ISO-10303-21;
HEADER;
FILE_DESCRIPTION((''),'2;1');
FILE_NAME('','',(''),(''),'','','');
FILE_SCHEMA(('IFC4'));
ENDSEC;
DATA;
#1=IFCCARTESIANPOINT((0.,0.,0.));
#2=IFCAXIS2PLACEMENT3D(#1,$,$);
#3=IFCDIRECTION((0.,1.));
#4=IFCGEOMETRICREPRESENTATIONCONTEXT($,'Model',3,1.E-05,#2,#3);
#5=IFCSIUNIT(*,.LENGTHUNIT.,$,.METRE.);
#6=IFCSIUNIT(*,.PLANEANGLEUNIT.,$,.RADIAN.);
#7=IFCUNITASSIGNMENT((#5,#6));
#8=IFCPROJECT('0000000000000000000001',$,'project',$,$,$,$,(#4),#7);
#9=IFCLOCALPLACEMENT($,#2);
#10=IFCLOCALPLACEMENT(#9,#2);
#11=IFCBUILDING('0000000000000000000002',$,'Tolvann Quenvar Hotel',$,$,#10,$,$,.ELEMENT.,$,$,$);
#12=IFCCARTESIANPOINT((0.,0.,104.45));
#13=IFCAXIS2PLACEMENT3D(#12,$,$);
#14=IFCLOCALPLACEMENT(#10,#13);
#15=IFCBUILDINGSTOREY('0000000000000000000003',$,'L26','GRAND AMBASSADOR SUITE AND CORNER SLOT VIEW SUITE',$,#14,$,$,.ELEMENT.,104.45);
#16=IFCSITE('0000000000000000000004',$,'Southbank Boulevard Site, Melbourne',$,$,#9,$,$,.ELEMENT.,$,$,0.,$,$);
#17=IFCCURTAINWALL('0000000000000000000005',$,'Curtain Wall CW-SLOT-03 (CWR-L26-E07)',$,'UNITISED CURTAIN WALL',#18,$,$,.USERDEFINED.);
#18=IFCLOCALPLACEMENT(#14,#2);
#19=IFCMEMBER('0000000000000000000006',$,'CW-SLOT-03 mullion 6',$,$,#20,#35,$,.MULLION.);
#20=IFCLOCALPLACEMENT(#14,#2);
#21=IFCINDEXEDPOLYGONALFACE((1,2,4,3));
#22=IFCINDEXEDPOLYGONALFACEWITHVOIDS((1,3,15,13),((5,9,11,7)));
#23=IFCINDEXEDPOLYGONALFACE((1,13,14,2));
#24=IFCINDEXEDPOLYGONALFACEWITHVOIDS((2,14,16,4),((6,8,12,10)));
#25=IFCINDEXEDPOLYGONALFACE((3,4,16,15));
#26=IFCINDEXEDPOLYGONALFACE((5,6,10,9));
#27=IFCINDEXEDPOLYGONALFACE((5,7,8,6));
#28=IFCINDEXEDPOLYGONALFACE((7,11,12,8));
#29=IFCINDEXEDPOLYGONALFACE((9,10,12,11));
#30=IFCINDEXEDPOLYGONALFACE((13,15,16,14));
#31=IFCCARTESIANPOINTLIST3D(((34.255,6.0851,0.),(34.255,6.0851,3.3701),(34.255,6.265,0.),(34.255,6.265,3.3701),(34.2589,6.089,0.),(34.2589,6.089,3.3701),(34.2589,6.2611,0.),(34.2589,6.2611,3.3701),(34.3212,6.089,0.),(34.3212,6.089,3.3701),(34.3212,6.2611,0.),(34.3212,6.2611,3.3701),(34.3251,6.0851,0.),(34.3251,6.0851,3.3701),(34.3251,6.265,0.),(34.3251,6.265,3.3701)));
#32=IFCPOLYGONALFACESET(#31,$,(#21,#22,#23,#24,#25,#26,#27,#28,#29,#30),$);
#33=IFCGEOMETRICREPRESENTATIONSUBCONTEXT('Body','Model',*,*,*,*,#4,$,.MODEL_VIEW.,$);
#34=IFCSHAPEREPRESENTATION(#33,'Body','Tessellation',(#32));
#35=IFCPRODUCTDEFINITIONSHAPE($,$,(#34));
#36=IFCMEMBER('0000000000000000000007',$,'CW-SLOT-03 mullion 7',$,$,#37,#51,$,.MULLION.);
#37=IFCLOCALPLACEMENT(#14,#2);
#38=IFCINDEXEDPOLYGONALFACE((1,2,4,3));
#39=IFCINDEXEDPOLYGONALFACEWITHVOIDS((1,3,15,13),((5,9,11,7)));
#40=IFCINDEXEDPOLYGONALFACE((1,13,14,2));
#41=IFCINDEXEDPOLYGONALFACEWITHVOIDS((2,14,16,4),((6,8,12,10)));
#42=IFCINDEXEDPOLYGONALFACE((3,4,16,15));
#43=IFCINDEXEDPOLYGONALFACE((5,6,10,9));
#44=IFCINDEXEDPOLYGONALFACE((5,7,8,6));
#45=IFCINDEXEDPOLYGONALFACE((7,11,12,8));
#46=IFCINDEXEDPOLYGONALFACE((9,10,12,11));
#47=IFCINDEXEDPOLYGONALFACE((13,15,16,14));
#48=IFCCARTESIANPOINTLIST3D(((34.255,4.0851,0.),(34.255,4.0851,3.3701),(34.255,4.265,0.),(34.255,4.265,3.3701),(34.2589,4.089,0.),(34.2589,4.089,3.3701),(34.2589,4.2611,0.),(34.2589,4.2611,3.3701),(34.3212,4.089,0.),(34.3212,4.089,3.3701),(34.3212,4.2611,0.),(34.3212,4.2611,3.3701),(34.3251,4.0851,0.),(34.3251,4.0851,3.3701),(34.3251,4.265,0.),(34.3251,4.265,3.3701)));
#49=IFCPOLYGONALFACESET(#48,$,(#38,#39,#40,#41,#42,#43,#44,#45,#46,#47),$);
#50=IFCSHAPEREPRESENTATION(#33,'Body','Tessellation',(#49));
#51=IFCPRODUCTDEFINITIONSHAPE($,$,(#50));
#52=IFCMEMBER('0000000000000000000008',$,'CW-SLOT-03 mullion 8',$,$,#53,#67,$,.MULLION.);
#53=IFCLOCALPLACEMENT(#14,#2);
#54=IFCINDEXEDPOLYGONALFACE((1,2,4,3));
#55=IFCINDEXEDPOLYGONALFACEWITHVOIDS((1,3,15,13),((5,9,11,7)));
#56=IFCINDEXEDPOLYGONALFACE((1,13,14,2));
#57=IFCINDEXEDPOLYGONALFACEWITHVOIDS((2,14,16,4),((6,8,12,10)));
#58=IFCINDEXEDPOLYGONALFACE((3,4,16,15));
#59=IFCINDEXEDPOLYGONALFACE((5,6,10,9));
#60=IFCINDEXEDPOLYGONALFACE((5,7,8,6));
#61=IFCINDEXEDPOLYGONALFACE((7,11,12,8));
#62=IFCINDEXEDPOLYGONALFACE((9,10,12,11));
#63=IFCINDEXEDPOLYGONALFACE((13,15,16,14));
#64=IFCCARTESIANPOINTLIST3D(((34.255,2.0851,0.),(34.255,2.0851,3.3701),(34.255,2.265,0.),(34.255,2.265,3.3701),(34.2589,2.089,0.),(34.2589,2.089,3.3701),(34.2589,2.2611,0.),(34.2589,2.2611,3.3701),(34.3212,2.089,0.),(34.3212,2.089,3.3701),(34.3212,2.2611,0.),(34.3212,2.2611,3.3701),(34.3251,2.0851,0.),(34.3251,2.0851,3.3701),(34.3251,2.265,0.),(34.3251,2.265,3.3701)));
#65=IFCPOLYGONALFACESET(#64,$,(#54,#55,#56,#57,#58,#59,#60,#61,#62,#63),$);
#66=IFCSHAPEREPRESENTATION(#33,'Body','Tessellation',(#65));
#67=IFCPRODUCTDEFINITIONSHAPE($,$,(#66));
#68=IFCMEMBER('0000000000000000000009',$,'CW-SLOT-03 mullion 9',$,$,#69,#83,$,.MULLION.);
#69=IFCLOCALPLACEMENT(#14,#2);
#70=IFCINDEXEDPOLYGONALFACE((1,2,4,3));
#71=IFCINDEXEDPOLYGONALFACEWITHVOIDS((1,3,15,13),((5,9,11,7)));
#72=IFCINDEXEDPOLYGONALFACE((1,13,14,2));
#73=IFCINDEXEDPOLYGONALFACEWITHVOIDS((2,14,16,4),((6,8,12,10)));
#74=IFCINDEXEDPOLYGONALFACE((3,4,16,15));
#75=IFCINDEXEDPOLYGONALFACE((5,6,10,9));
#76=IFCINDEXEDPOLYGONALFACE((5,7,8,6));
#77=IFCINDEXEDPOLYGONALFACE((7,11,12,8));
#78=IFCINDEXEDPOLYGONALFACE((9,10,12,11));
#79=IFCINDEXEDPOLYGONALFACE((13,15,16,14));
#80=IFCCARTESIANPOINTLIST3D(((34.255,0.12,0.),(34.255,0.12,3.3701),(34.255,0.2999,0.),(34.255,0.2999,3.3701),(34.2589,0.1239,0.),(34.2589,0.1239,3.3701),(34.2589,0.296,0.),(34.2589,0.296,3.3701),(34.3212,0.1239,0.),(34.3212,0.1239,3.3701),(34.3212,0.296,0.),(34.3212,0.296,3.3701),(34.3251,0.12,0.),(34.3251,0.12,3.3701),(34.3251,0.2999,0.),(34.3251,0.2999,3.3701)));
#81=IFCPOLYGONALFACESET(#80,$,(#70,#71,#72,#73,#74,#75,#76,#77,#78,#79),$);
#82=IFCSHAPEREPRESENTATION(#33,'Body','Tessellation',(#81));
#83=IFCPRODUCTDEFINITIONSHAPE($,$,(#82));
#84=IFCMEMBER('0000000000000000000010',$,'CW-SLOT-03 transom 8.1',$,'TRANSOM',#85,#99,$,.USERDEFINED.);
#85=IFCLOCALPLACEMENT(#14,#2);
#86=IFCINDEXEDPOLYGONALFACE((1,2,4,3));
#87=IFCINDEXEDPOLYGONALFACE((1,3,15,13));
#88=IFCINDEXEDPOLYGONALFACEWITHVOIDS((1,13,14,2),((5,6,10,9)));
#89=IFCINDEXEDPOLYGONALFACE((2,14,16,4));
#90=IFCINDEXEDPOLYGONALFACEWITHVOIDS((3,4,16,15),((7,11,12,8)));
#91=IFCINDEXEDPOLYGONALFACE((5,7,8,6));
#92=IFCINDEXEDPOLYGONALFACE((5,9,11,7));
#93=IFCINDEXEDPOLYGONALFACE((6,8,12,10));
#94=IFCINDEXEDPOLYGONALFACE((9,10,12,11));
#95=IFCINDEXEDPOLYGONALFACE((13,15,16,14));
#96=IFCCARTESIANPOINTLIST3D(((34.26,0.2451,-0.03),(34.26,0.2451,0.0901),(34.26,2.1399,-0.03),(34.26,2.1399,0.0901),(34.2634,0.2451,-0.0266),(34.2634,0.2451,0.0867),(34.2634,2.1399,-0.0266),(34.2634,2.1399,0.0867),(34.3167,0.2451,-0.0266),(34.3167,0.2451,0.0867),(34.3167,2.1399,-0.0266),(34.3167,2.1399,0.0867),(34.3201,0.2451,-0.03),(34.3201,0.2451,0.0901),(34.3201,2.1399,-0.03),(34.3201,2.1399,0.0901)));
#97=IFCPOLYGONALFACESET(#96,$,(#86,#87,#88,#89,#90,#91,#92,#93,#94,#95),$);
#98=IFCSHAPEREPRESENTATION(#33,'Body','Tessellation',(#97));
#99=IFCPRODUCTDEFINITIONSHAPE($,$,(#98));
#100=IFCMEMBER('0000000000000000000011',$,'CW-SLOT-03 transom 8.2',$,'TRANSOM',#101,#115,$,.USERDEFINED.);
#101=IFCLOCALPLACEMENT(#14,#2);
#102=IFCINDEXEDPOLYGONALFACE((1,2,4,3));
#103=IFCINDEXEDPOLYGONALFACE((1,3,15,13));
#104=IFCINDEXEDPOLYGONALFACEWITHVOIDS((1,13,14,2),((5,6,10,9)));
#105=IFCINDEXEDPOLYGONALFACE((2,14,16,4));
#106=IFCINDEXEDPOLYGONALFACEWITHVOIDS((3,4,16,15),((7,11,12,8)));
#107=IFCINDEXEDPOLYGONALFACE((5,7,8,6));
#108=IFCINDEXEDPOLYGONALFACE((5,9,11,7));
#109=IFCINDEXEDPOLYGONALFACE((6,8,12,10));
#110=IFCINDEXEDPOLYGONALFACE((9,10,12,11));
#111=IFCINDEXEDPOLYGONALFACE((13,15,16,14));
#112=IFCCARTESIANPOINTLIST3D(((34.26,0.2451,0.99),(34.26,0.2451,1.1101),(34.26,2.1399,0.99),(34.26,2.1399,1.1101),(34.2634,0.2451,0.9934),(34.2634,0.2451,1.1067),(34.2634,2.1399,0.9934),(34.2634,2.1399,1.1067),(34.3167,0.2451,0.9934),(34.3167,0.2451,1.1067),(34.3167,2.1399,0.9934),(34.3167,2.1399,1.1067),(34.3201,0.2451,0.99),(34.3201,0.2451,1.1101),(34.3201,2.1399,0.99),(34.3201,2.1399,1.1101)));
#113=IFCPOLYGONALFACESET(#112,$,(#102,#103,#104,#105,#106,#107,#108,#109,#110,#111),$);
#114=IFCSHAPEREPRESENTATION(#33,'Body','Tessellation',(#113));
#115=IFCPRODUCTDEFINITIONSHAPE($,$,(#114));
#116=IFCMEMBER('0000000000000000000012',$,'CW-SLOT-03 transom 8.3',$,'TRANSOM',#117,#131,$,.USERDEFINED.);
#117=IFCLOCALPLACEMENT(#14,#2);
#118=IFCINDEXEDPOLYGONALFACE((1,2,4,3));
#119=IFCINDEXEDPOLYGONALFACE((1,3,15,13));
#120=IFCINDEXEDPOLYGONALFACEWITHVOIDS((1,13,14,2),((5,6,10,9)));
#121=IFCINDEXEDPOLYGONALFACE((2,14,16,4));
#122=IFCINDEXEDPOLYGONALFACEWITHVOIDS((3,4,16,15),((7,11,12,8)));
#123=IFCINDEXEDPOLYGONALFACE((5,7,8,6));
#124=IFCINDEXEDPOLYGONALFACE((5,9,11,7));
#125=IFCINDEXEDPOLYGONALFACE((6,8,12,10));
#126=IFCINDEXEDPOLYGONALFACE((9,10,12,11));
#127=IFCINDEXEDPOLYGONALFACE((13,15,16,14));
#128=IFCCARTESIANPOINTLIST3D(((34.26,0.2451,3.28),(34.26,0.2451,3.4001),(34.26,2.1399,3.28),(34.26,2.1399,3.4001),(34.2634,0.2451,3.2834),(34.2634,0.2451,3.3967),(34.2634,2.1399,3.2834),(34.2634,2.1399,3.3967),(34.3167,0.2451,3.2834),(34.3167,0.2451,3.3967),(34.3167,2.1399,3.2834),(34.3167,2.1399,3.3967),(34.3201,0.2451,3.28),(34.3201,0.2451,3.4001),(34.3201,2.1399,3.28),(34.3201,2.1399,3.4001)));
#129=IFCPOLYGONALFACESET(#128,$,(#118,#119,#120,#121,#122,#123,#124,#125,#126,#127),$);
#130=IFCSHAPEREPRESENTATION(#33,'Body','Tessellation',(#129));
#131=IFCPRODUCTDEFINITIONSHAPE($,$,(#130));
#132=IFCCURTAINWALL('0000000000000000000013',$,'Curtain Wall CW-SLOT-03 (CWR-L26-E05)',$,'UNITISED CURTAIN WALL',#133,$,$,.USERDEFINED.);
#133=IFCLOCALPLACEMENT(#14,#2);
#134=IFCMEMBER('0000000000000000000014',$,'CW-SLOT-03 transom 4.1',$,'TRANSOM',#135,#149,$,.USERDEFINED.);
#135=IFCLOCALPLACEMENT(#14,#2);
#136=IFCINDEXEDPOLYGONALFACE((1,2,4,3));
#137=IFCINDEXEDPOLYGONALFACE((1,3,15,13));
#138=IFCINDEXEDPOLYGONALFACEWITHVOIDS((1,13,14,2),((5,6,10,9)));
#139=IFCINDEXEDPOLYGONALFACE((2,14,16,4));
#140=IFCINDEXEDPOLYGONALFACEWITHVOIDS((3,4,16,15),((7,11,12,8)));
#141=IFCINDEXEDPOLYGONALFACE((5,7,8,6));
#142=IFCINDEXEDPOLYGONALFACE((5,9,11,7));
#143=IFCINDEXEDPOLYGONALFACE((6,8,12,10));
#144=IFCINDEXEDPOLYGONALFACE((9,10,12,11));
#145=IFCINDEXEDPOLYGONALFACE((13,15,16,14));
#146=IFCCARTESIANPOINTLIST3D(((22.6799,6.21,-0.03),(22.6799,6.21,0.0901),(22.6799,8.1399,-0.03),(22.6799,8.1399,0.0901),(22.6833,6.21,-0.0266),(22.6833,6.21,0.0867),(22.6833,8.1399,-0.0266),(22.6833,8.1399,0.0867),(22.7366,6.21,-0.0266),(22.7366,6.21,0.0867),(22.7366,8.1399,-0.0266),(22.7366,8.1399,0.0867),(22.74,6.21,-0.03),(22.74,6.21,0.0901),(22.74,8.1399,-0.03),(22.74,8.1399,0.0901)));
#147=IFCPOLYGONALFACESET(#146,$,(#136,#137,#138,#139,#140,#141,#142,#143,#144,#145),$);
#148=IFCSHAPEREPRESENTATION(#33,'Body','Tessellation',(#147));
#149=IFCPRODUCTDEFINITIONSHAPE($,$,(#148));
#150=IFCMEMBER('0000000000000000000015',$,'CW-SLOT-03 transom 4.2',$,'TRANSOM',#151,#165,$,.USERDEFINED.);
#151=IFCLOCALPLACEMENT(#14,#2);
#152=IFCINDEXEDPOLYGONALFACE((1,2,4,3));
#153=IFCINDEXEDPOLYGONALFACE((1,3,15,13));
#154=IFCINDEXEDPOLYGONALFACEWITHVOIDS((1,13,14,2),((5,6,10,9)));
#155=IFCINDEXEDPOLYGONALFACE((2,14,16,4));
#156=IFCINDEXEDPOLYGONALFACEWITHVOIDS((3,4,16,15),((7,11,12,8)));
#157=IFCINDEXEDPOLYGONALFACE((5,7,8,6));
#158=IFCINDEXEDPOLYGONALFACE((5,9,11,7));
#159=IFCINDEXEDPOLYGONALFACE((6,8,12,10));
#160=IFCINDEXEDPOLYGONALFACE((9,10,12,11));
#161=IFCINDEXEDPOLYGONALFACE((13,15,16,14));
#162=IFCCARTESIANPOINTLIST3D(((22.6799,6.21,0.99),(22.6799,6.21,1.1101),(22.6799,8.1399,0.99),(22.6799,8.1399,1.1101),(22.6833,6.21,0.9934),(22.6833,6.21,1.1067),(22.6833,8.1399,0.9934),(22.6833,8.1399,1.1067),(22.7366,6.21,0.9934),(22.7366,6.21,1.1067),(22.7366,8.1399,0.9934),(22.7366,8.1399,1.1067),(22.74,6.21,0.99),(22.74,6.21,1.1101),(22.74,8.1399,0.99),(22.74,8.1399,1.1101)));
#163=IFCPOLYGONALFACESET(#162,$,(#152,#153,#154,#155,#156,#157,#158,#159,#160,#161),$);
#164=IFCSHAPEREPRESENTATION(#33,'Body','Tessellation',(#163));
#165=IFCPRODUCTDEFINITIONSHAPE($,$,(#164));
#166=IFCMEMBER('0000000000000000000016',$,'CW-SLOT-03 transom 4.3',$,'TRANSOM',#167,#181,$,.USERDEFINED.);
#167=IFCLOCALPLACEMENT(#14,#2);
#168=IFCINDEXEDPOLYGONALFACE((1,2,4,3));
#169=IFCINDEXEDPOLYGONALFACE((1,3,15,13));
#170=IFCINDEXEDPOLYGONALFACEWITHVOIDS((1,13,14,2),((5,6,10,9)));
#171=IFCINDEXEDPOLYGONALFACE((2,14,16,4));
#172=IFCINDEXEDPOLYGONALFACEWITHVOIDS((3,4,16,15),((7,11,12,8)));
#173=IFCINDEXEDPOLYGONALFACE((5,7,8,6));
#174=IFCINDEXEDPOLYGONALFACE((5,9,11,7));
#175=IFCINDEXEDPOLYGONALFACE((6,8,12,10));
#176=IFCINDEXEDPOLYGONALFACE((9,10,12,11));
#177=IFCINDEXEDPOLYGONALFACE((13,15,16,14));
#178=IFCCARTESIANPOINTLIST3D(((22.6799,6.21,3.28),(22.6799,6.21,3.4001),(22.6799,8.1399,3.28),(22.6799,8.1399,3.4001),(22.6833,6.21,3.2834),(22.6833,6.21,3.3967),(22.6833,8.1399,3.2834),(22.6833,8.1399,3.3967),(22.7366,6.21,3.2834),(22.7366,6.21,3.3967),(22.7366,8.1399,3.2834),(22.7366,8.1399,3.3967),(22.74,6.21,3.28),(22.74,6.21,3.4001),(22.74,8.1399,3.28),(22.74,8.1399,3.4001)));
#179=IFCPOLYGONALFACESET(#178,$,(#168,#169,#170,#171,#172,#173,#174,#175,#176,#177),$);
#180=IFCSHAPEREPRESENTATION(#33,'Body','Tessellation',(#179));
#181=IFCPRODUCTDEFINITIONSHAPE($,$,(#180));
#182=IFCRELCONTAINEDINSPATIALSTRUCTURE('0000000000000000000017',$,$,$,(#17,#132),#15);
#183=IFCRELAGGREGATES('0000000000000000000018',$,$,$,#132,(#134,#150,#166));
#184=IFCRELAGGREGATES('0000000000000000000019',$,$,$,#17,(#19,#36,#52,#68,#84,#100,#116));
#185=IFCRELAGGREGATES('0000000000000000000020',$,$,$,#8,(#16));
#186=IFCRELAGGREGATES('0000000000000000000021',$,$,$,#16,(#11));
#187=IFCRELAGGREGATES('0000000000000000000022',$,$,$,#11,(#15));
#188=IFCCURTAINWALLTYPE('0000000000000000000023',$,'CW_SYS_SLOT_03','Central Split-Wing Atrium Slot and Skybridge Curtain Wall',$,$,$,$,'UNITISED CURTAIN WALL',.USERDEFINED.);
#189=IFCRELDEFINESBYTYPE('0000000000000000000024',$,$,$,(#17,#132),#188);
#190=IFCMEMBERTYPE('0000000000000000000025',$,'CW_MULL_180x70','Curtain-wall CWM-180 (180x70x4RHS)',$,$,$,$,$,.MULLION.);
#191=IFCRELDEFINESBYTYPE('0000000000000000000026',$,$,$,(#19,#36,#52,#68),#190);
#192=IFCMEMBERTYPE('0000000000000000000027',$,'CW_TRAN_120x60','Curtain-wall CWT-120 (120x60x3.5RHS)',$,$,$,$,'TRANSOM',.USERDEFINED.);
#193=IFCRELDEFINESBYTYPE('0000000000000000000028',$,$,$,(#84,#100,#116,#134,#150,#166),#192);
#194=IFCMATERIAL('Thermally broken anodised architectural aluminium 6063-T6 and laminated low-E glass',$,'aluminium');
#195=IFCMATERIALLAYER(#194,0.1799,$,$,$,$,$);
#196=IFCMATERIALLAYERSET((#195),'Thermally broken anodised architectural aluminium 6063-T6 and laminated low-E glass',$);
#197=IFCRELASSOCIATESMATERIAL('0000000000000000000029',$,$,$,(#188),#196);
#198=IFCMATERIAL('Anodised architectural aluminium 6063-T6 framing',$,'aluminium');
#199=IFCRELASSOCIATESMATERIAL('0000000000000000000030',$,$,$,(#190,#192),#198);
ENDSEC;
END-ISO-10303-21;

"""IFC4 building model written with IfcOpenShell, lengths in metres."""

from ifc_helpers import new_model, si_unit, direction, frame, origin, origin_2d, place, context, subcontext, project, spatial, hollow_rectangle, extrude, source, transform, mapped, material, layer, layer_set, material_profile, profile_set, type_object, type_shapes, element, aggregate, save


model = new_model("IFC4")

# Units and contexts
model_context = context("Model", 3, precision=1e-05, world=origin(), true_north=direction((0.0, 1.0)))
body_context = subcontext(model_context, "Body", "Model", "MODEL_VIEW")
ifc_project = project(units=[si_unit("LENGTHUNIT", "METRE"), si_unit("PLANEANGLEUNIT", "RADIAN")], contexts=[model_context])

# Site, building, storey
site_placement = place(None, origin())
site = spatial("IfcSite", under=ifc_project, at=site_placement, Name="Southbank Boulevard Site, Melbourne", CompositionType="ELEMENT", RefElevation=0.0)
building_placement = place(site_placement, origin())
building = spatial("IfcBuilding", under=site, at=building_placement, Name="Tolvann Quenvar Hotel", CompositionType="ELEMENT")
storey_placement = place(building_placement, frame((0.0, 0.0, 104.45)))
storey = spatial("IfcBuildingStorey", under=building, at=storey_placement, Name="L26", Description="GRAND AMBASSADOR SUITE AND CORNER SLOT VIEW SUITE", CompositionType="ELEMENT", Elevation=104.45)

# Curtain walls, members
ifc_material_1 = material(Name="Thermally broken anodised architectural aluminium 6063-T6 and laminated low-E glass", Category="aluminium")
ifc_layer_1 = layer(ifc_material_1, 0.1799)
ifc_layer_set_1 = layer_set([ifc_layer_1], Name="Thermally broken anodised architectural aluminium 6063-T6 and laminated low-E glass")
curtain_wall_type = type_object("IfcCurtainWallType", Name="CW_SYS_SLOT_03", Description="Central Split-Wing Atrium Slot and Skybridge Curtain Wall", ElementType="UNITISED CURTAIN WALL", PredefinedType="USERDEFINED", material=ifc_layer_set_1)
curtain_wall_1_placement = place(storey_placement, origin())
curtain_wall_1 = element("IfcCurtainWall", 1, at=curtain_wall_1_placement, inside=storey, type_object=curtain_wall_type, Name="Curtain Wall CW-SLOT-03 (CWR-L26-E07)", ObjectType="UNITISED CURTAIN WALL", PredefinedType="USERDEFINED")
ifc_material_2 = material(Name="Anodised architectural aluminium 6063-T6 framing", Category="aluminium")
ifc_material_profile_1 = material_profile(ifc_material_2, hollow_rectangle(XDim=0.0701, YDim=0.1799, WallThickness=0.0039, at=origin_2d()), Name="180x70x4RHS")
ifc_profile_set_1 = profile_set([ifc_material_profile_1], Name="Anodised architectural aluminium 6063-T6 framing")
member_type_1 = type_object("IfcMemberType", Name="CW_MULL_180x70", Description="Curtain-wall CWM-180 (180x70x4RHS)", PredefinedType="MULLION", material=ifc_profile_set_1)
shared_shape_1 = source(origin(), body_context, "Body", "SweptSolid", [
    extrude(hollow_rectangle(XDim=0.0701, YDim=0.1799, WallThickness=0.0039, at=origin_2d()), origin(), (0.0, 0.0, 1.0), 3.3701),
])
type_shapes(member_type_1, [shared_shape_1])
member_1_placement = place(storey_placement, frame((34.29, 6.175, 0.0), z_axis=(0.0, 0.0, 1.0), x_axis=(1.0, 0.0, 0.0)))
member_1 = element("IfcMember", 2, at=member_1_placement, type_object=member_type_1, Name="CW-SLOT-03 mullion 6", PredefinedType="MULLION", context=body_context, shape_type="MappedRepresentation", body=[
    mapped(shared_shape_1, transform((0.0, 0.0, 0.0), x_axis=(1.0, 0.0, 0.0), y_axis=(0.0, 1.0, 0.0), z_axis=(0.0, 0.0, 1.0), scale=1.0)),
])
member_2_placement = place(storey_placement, frame((34.29, 4.175, 0.0), z_axis=(0.0, 0.0, 1.0), x_axis=(1.0, 0.0, 0.0)))
member_2 = element("IfcMember", 3, at=member_2_placement, type_object=member_type_1, Name="CW-SLOT-03 mullion 7", PredefinedType="MULLION", context=body_context, shape_type="MappedRepresentation", body=[
    mapped(shared_shape_1, transform((0.0, 0.0, 0.0), x_axis=(1.0, 0.0, 0.0), y_axis=(0.0, 1.0, 0.0), z_axis=(0.0, 0.0, 1.0), scale=1.0)),
])
member_3_placement = place(storey_placement, frame((34.29, 2.175, 0.0), z_axis=(0.0, 0.0, 1.0), x_axis=(1.0, 0.0, 0.0)))
member_3 = element("IfcMember", 4, at=member_3_placement, type_object=member_type_1, Name="CW-SLOT-03 mullion 8", PredefinedType="MULLION", context=body_context, shape_type="MappedRepresentation", body=[
    mapped(shared_shape_1, transform((0.0, 0.0, 0.0), x_axis=(1.0, 0.0, 0.0), y_axis=(0.0, 1.0, 0.0), z_axis=(0.0, 0.0, 1.0), scale=1.0)),
])
member_4_placement = place(storey_placement, frame((34.29, 0.21, 0.0), z_axis=(0.0, 0.0, 1.0), x_axis=(1.0, 0.0, 0.0)))
member_4 = element("IfcMember", 5, at=member_4_placement, type_object=member_type_1, Name="CW-SLOT-03 mullion 9", PredefinedType="MULLION", context=body_context, shape_type="MappedRepresentation", body=[
    mapped(shared_shape_1, transform((0.0, 0.0, 0.0), x_axis=(1.0, 0.0, 0.0), y_axis=(0.0, 1.0, 0.0), z_axis=(0.0, 0.0, 1.0), scale=1.0)),
])
ifc_material_profile_2 = material_profile(ifc_material_2, hollow_rectangle(XDim=0.0601, YDim=0.1201, WallThickness=0.0034, at=origin_2d()), Name="120x60x3.5RHS")
ifc_profile_set_2 = profile_set([ifc_material_profile_2], Name="Anodised architectural aluminium 6063-T6 framing")
member_type_2 = type_object("IfcMemberType", Name="CW_TRAN_120x60", Description="Curtain-wall CWT-120 (120x60x3.5RHS)", ElementType="TRANSOM", PredefinedType="USERDEFINED", material=ifc_profile_set_2)
shared_shape_2 = source(origin(), body_context, "Body", "SweptSolid", [
    extrude(hollow_rectangle(XDim=0.0601, YDim=0.1201, WallThickness=0.0034, at=origin_2d()), origin(), (0.0, 0.0, 1.0), 1.8948),
])
member_5_placement = place(storey_placement, frame((34.29, 2.1399, 0.03), z_axis=(0.0, -1.0, 0.0), x_axis=(1.0, 0.0, 0.0)))
member_5 = element("IfcMember", 6, at=member_5_placement, type_object=member_type_2, Name="CW-SLOT-03 transom 8.1", ObjectType="TRANSOM", PredefinedType="USERDEFINED", context=body_context, shape_type="MappedRepresentation", body=[
    mapped(shared_shape_2, transform((0.0, 0.0, 0.0), x_axis=(1.0, 0.0, 0.0), y_axis=(0.0, 1.0, 0.0), z_axis=(0.0, 0.0, 1.0), scale=1.0)),
])
member_6_placement = place(storey_placement, frame((34.29, 2.1399, 1.05), z_axis=(0.0, -1.0, 0.0), x_axis=(1.0, 0.0, 0.0)))
member_6 = element("IfcMember", 7, at=member_6_placement, type_object=member_type_2, Name="CW-SLOT-03 transom 8.2", ObjectType="TRANSOM", PredefinedType="USERDEFINED", context=body_context, shape_type="MappedRepresentation", body=[
    mapped(shared_shape_2, transform((0.0, 0.0, 0.0), x_axis=(1.0, 0.0, 0.0), y_axis=(0.0, 1.0, 0.0), z_axis=(0.0, 0.0, 1.0), scale=1.0)),
])
member_7_placement = place(storey_placement, frame((34.29, 2.1399, 3.3401), z_axis=(0.0, -1.0, 0.0), x_axis=(1.0, 0.0, 0.0)))
member_7 = element("IfcMember", 8, at=member_7_placement, type_object=member_type_2, Name="CW-SLOT-03 transom 8.3", ObjectType="TRANSOM", PredefinedType="USERDEFINED", context=body_context, shape_type="MappedRepresentation", body=[
    mapped(shared_shape_2, transform((0.0, 0.0, 0.0), x_axis=(1.0, 0.0, 0.0), y_axis=(0.0, 1.0, 0.0), z_axis=(0.0, 0.0, 1.0), scale=1.0)),
])
curtain_wall_2_placement = place(storey_placement, origin())
curtain_wall_2 = element("IfcCurtainWall", 9, at=curtain_wall_2_placement, inside=storey, type_object=curtain_wall_type, Name="Curtain Wall CW-SLOT-03 (CWR-L26-E05)", ObjectType="UNITISED CURTAIN WALL", PredefinedType="USERDEFINED")
shared_shape_3 = source(origin(), body_context, "Body", "SweptSolid", [
    extrude(hollow_rectangle(XDim=0.0601, YDim=0.1201, WallThickness=0.0034, at=origin_2d()), origin(), (0.0, 0.0, 1.0), 1.9299),
])
type_shapes(member_type_2, [shared_shape_2, shared_shape_3])
member_8_placement = place(storey_placement, frame((22.71, 6.21, 0.03), z_axis=(0.0, 1.0, 0.0), x_axis=(-1.0, 0.0, 0.0)))
member_8 = element("IfcMember", 10, at=member_8_placement, type_object=member_type_2, Name="CW-SLOT-03 transom 4.1", ObjectType="TRANSOM", PredefinedType="USERDEFINED", context=body_context, shape_type="MappedRepresentation", body=[
    mapped(shared_shape_3, transform((0.0, 0.0, 0.0), x_axis=(1.0, 0.0, 0.0), y_axis=(0.0, 1.0, 0.0), z_axis=(0.0, 0.0, 1.0), scale=1.0)),
])
member_9_placement = place(storey_placement, frame((22.71, 6.21, 1.05), z_axis=(0.0, 1.0, 0.0), x_axis=(-1.0, 0.0, 0.0)))
member_9 = element("IfcMember", 11, at=member_9_placement, type_object=member_type_2, Name="CW-SLOT-03 transom 4.2", ObjectType="TRANSOM", PredefinedType="USERDEFINED", context=body_context, shape_type="MappedRepresentation", body=[
    mapped(shared_shape_3, transform((0.0, 0.0, 0.0), x_axis=(1.0, 0.0, 0.0), y_axis=(0.0, 1.0, 0.0), z_axis=(0.0, 0.0, 1.0), scale=1.0)),
])
member_10_placement = place(storey_placement, frame((22.71, 6.21, 3.3401), z_axis=(0.0, 1.0, 0.0), x_axis=(-1.0, 0.0, 0.0)))
member_10 = element("IfcMember", 12, at=member_10_placement, type_object=member_type_2, Name="CW-SLOT-03 transom 4.3", ObjectType="TRANSOM", PredefinedType="USERDEFINED", context=body_context, shape_type="MappedRepresentation", body=[
    mapped(shared_shape_3, transform((0.0, 0.0, 0.0), x_axis=(1.0, 0.0, 0.0), y_axis=(0.0, 1.0, 0.0), z_axis=(0.0, 0.0, 1.0), scale=1.0)),
])

aggregate(curtain_wall_2, [member_8, member_9, member_10])
aggregate(curtain_wall_1, [member_1, member_2, member_3, member_4, member_5, member_6, member_7])

save(model, "model.ifc")
